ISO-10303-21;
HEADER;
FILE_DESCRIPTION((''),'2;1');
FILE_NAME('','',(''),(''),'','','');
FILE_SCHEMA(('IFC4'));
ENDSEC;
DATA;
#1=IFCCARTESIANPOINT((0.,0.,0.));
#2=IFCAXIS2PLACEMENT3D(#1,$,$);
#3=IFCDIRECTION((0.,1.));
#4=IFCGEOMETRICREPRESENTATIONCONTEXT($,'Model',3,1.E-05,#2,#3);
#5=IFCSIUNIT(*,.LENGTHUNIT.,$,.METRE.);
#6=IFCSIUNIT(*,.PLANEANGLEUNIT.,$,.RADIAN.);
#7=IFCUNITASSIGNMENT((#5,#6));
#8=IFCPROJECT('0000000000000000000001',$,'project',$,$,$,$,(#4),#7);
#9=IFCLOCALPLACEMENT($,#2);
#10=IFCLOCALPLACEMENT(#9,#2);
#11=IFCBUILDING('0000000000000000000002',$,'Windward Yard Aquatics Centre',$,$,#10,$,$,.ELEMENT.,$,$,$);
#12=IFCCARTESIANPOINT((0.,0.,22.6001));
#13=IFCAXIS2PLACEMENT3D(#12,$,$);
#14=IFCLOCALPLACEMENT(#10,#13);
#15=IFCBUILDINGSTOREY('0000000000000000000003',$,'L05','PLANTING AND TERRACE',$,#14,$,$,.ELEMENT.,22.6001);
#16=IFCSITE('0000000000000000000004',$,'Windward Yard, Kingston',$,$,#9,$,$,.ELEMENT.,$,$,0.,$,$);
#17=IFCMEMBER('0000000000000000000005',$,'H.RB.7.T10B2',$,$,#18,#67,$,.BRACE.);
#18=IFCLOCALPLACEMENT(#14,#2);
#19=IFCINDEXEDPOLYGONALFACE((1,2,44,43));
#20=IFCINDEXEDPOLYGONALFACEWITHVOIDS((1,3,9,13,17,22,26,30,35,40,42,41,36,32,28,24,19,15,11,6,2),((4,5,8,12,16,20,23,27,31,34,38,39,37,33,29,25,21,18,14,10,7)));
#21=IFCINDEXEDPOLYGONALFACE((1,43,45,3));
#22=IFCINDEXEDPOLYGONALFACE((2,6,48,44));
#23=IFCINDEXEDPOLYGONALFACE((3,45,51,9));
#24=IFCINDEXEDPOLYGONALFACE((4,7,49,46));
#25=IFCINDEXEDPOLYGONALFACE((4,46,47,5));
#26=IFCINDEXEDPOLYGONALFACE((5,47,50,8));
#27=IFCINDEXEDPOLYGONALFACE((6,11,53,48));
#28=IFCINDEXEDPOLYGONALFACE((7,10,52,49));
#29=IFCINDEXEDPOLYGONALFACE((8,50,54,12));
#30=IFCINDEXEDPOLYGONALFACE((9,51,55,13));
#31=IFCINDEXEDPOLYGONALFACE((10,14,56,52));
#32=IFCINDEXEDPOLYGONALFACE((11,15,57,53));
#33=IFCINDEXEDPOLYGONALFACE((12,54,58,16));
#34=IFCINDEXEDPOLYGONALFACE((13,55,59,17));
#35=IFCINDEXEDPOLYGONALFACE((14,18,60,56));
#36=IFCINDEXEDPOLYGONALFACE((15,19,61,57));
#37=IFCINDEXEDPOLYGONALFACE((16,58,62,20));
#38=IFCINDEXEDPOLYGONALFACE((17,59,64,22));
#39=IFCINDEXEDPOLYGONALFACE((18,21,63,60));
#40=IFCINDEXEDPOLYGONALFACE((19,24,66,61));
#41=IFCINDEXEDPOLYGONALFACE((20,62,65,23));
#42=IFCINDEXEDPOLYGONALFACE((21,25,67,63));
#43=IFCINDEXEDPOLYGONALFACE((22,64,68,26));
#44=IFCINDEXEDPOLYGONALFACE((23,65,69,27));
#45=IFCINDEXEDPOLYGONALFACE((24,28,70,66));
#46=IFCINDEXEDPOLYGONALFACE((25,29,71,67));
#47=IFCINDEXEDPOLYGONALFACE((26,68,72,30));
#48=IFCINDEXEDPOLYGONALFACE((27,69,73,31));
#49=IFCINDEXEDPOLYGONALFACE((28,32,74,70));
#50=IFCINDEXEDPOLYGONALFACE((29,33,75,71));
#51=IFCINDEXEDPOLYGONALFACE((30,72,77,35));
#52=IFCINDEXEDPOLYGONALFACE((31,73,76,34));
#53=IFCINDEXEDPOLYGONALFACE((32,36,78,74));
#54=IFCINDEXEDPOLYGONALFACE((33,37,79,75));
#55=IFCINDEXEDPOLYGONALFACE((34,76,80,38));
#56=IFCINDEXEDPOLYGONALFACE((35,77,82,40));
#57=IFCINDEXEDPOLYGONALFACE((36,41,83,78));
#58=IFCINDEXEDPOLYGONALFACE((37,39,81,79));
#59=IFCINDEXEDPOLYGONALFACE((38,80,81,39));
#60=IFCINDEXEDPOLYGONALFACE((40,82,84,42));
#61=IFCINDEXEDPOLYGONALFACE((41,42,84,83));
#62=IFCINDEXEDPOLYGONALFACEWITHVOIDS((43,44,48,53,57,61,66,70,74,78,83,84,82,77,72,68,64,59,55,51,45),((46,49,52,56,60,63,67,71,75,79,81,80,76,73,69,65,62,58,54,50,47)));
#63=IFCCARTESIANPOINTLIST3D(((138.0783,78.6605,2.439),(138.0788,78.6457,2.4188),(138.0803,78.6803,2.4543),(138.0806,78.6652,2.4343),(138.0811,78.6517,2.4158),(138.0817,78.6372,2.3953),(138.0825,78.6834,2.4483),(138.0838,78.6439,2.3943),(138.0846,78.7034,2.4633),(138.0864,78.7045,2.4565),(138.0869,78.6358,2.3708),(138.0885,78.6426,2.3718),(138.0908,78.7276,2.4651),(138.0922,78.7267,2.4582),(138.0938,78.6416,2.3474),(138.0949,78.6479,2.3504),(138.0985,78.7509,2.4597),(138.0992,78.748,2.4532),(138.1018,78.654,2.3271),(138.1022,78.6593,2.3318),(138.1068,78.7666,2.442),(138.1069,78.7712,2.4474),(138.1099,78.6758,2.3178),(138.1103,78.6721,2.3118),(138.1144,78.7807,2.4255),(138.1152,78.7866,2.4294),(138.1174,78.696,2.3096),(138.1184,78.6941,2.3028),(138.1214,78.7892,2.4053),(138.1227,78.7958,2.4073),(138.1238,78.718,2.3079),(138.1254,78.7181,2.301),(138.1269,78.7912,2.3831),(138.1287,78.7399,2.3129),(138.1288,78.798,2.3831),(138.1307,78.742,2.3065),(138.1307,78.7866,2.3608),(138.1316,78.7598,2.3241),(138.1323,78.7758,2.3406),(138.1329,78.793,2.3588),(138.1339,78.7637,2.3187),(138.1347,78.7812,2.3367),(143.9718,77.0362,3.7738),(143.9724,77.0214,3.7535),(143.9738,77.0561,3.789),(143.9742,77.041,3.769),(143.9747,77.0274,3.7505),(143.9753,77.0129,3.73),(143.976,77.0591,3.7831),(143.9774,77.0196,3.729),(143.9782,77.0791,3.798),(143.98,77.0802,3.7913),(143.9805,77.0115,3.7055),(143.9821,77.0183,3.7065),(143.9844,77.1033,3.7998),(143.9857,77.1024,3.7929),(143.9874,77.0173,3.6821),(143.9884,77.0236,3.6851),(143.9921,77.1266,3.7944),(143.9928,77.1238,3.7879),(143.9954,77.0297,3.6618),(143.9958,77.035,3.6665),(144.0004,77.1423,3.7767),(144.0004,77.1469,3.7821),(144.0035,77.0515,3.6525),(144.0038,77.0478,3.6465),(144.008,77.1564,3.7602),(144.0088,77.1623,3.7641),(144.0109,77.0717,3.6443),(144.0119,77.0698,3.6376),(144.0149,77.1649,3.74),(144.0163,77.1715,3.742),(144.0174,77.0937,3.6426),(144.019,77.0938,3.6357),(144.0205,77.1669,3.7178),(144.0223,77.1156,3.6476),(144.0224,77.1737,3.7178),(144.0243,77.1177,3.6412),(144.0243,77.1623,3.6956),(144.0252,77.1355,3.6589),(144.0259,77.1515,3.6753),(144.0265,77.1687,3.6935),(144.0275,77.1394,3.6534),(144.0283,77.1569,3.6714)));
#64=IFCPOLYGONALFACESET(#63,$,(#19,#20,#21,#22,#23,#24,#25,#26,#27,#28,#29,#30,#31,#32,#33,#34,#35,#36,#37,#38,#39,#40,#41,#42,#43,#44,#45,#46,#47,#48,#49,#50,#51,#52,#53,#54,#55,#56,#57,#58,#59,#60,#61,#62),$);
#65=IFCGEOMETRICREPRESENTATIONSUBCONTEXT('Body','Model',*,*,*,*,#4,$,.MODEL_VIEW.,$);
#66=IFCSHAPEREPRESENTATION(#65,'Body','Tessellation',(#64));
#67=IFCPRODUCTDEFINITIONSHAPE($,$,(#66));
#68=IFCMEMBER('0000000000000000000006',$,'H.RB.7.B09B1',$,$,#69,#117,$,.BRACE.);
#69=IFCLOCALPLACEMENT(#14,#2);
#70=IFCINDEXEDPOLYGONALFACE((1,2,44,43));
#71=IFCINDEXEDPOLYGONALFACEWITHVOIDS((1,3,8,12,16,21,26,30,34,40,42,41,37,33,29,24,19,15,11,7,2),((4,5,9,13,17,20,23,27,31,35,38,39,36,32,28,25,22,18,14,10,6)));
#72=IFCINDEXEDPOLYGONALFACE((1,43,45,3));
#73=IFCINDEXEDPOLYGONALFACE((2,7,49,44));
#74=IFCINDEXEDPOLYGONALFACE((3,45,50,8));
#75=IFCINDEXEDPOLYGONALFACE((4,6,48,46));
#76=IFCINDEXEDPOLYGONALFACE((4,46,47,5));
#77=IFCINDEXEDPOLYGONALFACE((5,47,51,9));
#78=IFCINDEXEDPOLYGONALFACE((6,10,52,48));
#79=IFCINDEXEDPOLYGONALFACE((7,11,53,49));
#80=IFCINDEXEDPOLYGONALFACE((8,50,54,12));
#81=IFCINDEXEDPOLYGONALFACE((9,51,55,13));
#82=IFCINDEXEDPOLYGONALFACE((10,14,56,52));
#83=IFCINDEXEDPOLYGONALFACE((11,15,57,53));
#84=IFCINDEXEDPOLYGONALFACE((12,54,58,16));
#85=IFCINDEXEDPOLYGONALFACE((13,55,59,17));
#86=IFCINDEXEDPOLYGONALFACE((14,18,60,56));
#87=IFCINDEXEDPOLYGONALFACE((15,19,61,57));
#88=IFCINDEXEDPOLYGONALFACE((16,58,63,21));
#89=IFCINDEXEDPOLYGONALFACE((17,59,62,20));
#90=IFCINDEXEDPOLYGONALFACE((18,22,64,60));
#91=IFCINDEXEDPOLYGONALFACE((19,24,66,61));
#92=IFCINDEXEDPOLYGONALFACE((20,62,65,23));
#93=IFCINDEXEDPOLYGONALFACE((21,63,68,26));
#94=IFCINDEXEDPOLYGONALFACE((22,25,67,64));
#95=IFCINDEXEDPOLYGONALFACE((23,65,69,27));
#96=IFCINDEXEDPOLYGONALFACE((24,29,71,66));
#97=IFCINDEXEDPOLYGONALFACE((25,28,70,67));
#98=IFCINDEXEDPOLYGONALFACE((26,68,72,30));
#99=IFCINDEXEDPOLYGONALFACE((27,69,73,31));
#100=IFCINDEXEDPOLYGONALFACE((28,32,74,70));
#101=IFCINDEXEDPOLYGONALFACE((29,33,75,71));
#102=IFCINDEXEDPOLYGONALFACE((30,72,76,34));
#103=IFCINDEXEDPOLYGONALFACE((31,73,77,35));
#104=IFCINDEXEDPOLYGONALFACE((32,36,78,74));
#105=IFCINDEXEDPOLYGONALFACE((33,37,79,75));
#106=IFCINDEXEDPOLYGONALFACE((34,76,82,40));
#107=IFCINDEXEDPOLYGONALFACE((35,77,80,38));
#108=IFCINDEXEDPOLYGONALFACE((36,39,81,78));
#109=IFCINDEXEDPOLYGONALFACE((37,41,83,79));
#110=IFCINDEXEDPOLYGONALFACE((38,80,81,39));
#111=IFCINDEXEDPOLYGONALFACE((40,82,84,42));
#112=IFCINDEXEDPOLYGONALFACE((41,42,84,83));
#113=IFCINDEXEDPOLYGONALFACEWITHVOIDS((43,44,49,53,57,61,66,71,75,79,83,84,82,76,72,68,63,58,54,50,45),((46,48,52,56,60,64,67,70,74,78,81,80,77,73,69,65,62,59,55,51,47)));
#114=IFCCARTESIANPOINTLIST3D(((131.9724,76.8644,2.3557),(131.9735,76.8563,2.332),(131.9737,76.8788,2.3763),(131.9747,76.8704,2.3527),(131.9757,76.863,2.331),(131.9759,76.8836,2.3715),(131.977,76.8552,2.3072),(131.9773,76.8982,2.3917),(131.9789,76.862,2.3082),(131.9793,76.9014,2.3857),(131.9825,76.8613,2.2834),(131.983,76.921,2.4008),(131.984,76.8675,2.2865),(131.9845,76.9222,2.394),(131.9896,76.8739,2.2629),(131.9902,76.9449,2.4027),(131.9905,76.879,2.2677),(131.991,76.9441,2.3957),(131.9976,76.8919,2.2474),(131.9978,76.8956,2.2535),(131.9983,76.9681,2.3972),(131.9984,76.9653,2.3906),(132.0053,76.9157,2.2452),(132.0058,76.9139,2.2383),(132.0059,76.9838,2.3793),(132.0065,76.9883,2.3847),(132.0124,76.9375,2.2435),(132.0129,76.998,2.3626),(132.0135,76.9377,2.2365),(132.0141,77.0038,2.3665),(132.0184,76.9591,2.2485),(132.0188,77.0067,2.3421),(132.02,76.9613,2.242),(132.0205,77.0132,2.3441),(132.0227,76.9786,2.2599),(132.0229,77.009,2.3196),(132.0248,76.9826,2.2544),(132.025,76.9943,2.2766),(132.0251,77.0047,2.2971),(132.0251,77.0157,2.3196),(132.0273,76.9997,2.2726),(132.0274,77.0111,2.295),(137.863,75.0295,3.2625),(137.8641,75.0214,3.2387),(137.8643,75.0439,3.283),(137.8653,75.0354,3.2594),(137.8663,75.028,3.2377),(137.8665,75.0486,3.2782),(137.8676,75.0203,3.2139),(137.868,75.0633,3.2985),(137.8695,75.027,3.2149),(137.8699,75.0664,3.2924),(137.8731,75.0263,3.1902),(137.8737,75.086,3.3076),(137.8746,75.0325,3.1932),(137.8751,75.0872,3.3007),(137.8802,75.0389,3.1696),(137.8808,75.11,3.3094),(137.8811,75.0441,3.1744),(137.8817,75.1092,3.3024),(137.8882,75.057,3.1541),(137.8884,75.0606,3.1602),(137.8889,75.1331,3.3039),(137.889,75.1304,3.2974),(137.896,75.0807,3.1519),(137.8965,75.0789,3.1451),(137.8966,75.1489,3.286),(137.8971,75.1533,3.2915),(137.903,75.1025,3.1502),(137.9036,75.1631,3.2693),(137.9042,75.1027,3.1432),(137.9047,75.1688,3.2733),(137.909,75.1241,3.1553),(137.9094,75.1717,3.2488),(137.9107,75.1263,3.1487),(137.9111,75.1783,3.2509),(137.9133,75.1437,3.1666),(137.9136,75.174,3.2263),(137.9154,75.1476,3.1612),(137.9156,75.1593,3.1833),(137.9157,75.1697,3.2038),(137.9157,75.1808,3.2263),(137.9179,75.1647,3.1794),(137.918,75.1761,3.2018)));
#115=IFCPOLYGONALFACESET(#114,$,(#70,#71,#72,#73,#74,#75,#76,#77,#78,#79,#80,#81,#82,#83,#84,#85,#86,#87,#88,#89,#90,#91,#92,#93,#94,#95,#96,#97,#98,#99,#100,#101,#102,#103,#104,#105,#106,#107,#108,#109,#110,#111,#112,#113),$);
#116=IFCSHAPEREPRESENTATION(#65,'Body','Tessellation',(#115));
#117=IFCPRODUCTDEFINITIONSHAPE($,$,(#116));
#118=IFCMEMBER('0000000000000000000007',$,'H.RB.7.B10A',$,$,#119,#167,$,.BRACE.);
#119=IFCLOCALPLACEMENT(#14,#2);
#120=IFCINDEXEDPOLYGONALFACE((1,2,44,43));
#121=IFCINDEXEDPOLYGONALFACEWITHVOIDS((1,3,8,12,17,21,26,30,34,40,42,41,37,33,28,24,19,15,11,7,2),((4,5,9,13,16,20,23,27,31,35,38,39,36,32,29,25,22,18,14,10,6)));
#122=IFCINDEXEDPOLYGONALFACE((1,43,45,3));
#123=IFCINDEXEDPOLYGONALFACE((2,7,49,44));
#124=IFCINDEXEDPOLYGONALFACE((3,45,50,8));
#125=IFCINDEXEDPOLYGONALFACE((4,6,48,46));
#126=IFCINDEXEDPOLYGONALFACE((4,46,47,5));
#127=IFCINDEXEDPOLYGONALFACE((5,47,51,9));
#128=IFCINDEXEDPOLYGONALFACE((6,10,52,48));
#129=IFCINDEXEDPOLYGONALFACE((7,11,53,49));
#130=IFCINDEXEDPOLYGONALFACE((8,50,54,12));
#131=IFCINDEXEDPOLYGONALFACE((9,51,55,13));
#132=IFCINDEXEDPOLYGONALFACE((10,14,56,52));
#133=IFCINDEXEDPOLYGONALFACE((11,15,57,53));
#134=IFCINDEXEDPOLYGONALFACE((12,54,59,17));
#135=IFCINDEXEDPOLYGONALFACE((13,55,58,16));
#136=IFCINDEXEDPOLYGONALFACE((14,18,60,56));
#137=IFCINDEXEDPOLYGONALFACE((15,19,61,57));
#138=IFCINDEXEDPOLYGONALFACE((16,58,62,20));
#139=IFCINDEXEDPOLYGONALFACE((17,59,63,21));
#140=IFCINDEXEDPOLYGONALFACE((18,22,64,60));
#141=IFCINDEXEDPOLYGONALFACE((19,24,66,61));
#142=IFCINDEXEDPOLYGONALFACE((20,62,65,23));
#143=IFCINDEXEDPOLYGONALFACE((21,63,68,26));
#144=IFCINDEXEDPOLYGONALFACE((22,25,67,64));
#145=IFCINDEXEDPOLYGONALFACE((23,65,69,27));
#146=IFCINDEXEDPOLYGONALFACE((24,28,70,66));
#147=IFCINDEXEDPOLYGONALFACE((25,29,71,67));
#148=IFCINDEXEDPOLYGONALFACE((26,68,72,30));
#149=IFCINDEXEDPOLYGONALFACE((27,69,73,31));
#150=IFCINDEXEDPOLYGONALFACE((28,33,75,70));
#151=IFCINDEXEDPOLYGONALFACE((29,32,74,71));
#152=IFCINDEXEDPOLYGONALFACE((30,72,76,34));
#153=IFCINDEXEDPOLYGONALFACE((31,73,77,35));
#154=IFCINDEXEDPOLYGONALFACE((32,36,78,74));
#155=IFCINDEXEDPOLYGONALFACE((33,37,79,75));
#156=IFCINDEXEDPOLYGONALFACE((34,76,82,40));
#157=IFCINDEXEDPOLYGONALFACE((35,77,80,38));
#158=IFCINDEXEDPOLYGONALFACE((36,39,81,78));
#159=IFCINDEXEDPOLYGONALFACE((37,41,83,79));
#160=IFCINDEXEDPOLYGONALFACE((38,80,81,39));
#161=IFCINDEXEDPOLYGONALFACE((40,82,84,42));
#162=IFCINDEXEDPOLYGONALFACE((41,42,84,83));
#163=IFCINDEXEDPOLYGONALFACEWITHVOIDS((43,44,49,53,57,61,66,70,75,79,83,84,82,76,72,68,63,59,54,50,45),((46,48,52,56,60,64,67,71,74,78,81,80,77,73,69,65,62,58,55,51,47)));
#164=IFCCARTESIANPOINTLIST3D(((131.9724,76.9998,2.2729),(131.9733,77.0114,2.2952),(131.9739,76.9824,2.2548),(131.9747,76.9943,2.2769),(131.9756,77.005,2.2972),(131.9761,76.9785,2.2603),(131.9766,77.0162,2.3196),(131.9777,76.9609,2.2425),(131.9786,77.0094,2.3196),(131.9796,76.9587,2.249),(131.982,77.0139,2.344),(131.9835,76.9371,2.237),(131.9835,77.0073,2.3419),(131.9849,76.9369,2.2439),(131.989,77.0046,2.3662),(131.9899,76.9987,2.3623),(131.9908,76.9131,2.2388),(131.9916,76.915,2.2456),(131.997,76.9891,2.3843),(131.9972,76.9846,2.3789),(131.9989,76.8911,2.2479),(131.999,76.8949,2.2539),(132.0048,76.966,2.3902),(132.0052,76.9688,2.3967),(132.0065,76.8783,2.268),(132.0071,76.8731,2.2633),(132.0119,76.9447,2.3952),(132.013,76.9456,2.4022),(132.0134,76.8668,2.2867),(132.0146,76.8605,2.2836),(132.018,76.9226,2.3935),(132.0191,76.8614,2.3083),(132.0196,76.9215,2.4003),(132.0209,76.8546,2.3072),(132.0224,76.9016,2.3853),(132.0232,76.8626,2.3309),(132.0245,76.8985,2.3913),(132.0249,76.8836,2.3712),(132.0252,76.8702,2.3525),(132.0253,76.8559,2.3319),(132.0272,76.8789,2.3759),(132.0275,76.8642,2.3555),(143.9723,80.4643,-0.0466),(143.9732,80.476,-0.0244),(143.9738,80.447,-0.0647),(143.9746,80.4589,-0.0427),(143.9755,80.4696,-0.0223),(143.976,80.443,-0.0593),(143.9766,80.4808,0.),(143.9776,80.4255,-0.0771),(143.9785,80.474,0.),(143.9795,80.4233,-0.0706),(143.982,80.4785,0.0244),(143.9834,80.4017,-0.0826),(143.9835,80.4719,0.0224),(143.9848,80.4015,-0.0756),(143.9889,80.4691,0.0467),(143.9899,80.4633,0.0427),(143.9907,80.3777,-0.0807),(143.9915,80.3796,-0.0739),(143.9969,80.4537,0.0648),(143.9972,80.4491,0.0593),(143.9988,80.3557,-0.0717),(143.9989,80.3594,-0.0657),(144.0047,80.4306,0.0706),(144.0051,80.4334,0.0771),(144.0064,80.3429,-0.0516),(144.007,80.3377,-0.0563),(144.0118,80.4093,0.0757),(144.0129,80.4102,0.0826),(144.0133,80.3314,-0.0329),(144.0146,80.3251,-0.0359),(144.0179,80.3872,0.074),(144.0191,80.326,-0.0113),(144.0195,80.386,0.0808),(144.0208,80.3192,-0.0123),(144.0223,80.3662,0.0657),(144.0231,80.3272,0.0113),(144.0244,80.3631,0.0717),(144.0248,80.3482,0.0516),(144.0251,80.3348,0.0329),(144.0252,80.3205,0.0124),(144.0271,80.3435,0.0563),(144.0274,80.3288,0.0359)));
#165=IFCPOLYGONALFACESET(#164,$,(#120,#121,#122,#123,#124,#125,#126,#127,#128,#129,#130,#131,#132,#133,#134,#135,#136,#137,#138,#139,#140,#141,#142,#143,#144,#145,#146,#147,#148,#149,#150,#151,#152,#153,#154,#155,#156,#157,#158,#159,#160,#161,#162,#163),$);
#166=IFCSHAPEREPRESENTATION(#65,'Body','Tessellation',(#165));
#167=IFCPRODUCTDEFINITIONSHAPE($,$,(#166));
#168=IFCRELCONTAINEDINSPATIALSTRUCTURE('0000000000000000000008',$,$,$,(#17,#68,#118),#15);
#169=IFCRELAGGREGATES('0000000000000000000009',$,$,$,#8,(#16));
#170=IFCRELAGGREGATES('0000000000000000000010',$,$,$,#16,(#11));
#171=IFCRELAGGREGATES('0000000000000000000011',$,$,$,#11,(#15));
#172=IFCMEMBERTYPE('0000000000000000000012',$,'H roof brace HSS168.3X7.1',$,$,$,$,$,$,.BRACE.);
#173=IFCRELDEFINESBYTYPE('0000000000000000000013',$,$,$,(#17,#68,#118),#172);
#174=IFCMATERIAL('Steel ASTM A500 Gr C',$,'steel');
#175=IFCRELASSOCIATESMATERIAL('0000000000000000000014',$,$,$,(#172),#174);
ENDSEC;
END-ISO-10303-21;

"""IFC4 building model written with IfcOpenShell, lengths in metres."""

from ifc_helpers import new_model, si_unit, direction, frame, origin, origin_2d, place, context, subcontext, project, spatial, hollow_circle, extrude, material, material_profile, profile_set, type_object, element, save


model = new_model("IFC4")

# Units and contexts
model_context = context("Model", 3, precision=1e-05, world=origin(), true_north=direction((0.0, 1.0)))
body_context = subcontext(model_context, "Body", "Model", "MODEL_VIEW")
ifc_project = project(units=[si_unit("LENGTHUNIT", "METRE"), si_unit("PLANEANGLEUNIT", "RADIAN")], contexts=[model_context])

# Site, building, storey
site_placement = place(None, origin())
site = spatial("IfcSite", under=ifc_project, at=site_placement, Name="Windward Yard, Kingston", CompositionType="ELEMENT", RefElevation=0.0)
building_placement = place(site_placement, origin())
building = spatial("IfcBuilding", under=site, at=building_placement, Name="Windward Yard Aquatics Centre", CompositionType="ELEMENT")
storey_placement = place(building_placement, frame((0.0, 0.0, 22.6001)))
storey = spatial("IfcBuildingStorey", under=building, at=storey_placement, Name="L05", Description="PLANTING AND TERRACE", CompositionType="ELEMENT", Elevation=22.6001)

# Shared definitions
ifc_material_1 = material(Name="Steel ASTM A500 Gr C", Category="steel")

# Members
ifc_material_profile_1 = material_profile(ifc_material_1, hollow_circle(Radius=0.0842, WallThickness=0.0071, at=origin_2d()), Name="HSS168.3X7.1")
ifc_profile_set_1 = profile_set([ifc_material_profile_1], Name="Steel ASTM A500 Gr C")
member_type_1 = type_object("IfcMemberType", Name="H roof brace HSS168.3X7.1", PredefinedType="BRACE", material=ifc_profile_set_1)
for number, where, z_axis, x_axis, name in (
    (1, (138.1064, 78.7168, 2.3831), (0.94187, -0.25958, 0.213306), (0.265695, 0.964057, 0.0), "H.RB.7.T10B2"),
):
    element("IfcMember", number, at=place(storey_placement, frame(where, z_axis=z_axis, x_axis=x_axis)), inside=storey, type_object=member_type_1, Name=name, PredefinedType="BRACE", context=body_context, shape_type="SweptSolid", body=[
        extrude(hollow_circle(Radius=0.0842, WallThickness=0.0071, at=origin_2d()), origin(), (0.0, 0.0, 1.0), 6.2573),
    ])
member_1_placement = place(storey_placement, frame((132.0, 76.9353, 2.3196), z_axis=(0.944604, -0.294249, 0.145402), x_axis=(0.29741, 0.95475, 0.0)))
element("IfcMember", 2, at=member_1_placement, inside=storey, type_object=member_type_1, Name="H.RB.7.B09B1", PredefinedType="BRACE", context=body_context, shape_type="SweptSolid", body=[
    extrude(hollow_circle(Radius=0.0842, WallThickness=0.0071, at=origin_2d()), origin(), (0.0, 0.0, 1.0), 6.2361),
])
member_2_placement = place(storey_placement, frame((132.0, 76.9353, 2.3196), z_axis=(0.944607, 0.272724, -0.182591), x_axis=(-0.277387, 0.960758, 0.0)))
element("IfcMember", 3, at=member_2_placement, inside=storey, type_object=member_type_1, Name="H.RB.7.B10A", PredefinedType="BRACE", context=body_context, shape_type="SweptSolid", body=[
    extrude(hollow_circle(Radius=0.0842, WallThickness=0.0071, at=origin_2d()), origin(), (0.0, 0.0, 1.0), 12.7036),
])

save(model, "model.ifc")
